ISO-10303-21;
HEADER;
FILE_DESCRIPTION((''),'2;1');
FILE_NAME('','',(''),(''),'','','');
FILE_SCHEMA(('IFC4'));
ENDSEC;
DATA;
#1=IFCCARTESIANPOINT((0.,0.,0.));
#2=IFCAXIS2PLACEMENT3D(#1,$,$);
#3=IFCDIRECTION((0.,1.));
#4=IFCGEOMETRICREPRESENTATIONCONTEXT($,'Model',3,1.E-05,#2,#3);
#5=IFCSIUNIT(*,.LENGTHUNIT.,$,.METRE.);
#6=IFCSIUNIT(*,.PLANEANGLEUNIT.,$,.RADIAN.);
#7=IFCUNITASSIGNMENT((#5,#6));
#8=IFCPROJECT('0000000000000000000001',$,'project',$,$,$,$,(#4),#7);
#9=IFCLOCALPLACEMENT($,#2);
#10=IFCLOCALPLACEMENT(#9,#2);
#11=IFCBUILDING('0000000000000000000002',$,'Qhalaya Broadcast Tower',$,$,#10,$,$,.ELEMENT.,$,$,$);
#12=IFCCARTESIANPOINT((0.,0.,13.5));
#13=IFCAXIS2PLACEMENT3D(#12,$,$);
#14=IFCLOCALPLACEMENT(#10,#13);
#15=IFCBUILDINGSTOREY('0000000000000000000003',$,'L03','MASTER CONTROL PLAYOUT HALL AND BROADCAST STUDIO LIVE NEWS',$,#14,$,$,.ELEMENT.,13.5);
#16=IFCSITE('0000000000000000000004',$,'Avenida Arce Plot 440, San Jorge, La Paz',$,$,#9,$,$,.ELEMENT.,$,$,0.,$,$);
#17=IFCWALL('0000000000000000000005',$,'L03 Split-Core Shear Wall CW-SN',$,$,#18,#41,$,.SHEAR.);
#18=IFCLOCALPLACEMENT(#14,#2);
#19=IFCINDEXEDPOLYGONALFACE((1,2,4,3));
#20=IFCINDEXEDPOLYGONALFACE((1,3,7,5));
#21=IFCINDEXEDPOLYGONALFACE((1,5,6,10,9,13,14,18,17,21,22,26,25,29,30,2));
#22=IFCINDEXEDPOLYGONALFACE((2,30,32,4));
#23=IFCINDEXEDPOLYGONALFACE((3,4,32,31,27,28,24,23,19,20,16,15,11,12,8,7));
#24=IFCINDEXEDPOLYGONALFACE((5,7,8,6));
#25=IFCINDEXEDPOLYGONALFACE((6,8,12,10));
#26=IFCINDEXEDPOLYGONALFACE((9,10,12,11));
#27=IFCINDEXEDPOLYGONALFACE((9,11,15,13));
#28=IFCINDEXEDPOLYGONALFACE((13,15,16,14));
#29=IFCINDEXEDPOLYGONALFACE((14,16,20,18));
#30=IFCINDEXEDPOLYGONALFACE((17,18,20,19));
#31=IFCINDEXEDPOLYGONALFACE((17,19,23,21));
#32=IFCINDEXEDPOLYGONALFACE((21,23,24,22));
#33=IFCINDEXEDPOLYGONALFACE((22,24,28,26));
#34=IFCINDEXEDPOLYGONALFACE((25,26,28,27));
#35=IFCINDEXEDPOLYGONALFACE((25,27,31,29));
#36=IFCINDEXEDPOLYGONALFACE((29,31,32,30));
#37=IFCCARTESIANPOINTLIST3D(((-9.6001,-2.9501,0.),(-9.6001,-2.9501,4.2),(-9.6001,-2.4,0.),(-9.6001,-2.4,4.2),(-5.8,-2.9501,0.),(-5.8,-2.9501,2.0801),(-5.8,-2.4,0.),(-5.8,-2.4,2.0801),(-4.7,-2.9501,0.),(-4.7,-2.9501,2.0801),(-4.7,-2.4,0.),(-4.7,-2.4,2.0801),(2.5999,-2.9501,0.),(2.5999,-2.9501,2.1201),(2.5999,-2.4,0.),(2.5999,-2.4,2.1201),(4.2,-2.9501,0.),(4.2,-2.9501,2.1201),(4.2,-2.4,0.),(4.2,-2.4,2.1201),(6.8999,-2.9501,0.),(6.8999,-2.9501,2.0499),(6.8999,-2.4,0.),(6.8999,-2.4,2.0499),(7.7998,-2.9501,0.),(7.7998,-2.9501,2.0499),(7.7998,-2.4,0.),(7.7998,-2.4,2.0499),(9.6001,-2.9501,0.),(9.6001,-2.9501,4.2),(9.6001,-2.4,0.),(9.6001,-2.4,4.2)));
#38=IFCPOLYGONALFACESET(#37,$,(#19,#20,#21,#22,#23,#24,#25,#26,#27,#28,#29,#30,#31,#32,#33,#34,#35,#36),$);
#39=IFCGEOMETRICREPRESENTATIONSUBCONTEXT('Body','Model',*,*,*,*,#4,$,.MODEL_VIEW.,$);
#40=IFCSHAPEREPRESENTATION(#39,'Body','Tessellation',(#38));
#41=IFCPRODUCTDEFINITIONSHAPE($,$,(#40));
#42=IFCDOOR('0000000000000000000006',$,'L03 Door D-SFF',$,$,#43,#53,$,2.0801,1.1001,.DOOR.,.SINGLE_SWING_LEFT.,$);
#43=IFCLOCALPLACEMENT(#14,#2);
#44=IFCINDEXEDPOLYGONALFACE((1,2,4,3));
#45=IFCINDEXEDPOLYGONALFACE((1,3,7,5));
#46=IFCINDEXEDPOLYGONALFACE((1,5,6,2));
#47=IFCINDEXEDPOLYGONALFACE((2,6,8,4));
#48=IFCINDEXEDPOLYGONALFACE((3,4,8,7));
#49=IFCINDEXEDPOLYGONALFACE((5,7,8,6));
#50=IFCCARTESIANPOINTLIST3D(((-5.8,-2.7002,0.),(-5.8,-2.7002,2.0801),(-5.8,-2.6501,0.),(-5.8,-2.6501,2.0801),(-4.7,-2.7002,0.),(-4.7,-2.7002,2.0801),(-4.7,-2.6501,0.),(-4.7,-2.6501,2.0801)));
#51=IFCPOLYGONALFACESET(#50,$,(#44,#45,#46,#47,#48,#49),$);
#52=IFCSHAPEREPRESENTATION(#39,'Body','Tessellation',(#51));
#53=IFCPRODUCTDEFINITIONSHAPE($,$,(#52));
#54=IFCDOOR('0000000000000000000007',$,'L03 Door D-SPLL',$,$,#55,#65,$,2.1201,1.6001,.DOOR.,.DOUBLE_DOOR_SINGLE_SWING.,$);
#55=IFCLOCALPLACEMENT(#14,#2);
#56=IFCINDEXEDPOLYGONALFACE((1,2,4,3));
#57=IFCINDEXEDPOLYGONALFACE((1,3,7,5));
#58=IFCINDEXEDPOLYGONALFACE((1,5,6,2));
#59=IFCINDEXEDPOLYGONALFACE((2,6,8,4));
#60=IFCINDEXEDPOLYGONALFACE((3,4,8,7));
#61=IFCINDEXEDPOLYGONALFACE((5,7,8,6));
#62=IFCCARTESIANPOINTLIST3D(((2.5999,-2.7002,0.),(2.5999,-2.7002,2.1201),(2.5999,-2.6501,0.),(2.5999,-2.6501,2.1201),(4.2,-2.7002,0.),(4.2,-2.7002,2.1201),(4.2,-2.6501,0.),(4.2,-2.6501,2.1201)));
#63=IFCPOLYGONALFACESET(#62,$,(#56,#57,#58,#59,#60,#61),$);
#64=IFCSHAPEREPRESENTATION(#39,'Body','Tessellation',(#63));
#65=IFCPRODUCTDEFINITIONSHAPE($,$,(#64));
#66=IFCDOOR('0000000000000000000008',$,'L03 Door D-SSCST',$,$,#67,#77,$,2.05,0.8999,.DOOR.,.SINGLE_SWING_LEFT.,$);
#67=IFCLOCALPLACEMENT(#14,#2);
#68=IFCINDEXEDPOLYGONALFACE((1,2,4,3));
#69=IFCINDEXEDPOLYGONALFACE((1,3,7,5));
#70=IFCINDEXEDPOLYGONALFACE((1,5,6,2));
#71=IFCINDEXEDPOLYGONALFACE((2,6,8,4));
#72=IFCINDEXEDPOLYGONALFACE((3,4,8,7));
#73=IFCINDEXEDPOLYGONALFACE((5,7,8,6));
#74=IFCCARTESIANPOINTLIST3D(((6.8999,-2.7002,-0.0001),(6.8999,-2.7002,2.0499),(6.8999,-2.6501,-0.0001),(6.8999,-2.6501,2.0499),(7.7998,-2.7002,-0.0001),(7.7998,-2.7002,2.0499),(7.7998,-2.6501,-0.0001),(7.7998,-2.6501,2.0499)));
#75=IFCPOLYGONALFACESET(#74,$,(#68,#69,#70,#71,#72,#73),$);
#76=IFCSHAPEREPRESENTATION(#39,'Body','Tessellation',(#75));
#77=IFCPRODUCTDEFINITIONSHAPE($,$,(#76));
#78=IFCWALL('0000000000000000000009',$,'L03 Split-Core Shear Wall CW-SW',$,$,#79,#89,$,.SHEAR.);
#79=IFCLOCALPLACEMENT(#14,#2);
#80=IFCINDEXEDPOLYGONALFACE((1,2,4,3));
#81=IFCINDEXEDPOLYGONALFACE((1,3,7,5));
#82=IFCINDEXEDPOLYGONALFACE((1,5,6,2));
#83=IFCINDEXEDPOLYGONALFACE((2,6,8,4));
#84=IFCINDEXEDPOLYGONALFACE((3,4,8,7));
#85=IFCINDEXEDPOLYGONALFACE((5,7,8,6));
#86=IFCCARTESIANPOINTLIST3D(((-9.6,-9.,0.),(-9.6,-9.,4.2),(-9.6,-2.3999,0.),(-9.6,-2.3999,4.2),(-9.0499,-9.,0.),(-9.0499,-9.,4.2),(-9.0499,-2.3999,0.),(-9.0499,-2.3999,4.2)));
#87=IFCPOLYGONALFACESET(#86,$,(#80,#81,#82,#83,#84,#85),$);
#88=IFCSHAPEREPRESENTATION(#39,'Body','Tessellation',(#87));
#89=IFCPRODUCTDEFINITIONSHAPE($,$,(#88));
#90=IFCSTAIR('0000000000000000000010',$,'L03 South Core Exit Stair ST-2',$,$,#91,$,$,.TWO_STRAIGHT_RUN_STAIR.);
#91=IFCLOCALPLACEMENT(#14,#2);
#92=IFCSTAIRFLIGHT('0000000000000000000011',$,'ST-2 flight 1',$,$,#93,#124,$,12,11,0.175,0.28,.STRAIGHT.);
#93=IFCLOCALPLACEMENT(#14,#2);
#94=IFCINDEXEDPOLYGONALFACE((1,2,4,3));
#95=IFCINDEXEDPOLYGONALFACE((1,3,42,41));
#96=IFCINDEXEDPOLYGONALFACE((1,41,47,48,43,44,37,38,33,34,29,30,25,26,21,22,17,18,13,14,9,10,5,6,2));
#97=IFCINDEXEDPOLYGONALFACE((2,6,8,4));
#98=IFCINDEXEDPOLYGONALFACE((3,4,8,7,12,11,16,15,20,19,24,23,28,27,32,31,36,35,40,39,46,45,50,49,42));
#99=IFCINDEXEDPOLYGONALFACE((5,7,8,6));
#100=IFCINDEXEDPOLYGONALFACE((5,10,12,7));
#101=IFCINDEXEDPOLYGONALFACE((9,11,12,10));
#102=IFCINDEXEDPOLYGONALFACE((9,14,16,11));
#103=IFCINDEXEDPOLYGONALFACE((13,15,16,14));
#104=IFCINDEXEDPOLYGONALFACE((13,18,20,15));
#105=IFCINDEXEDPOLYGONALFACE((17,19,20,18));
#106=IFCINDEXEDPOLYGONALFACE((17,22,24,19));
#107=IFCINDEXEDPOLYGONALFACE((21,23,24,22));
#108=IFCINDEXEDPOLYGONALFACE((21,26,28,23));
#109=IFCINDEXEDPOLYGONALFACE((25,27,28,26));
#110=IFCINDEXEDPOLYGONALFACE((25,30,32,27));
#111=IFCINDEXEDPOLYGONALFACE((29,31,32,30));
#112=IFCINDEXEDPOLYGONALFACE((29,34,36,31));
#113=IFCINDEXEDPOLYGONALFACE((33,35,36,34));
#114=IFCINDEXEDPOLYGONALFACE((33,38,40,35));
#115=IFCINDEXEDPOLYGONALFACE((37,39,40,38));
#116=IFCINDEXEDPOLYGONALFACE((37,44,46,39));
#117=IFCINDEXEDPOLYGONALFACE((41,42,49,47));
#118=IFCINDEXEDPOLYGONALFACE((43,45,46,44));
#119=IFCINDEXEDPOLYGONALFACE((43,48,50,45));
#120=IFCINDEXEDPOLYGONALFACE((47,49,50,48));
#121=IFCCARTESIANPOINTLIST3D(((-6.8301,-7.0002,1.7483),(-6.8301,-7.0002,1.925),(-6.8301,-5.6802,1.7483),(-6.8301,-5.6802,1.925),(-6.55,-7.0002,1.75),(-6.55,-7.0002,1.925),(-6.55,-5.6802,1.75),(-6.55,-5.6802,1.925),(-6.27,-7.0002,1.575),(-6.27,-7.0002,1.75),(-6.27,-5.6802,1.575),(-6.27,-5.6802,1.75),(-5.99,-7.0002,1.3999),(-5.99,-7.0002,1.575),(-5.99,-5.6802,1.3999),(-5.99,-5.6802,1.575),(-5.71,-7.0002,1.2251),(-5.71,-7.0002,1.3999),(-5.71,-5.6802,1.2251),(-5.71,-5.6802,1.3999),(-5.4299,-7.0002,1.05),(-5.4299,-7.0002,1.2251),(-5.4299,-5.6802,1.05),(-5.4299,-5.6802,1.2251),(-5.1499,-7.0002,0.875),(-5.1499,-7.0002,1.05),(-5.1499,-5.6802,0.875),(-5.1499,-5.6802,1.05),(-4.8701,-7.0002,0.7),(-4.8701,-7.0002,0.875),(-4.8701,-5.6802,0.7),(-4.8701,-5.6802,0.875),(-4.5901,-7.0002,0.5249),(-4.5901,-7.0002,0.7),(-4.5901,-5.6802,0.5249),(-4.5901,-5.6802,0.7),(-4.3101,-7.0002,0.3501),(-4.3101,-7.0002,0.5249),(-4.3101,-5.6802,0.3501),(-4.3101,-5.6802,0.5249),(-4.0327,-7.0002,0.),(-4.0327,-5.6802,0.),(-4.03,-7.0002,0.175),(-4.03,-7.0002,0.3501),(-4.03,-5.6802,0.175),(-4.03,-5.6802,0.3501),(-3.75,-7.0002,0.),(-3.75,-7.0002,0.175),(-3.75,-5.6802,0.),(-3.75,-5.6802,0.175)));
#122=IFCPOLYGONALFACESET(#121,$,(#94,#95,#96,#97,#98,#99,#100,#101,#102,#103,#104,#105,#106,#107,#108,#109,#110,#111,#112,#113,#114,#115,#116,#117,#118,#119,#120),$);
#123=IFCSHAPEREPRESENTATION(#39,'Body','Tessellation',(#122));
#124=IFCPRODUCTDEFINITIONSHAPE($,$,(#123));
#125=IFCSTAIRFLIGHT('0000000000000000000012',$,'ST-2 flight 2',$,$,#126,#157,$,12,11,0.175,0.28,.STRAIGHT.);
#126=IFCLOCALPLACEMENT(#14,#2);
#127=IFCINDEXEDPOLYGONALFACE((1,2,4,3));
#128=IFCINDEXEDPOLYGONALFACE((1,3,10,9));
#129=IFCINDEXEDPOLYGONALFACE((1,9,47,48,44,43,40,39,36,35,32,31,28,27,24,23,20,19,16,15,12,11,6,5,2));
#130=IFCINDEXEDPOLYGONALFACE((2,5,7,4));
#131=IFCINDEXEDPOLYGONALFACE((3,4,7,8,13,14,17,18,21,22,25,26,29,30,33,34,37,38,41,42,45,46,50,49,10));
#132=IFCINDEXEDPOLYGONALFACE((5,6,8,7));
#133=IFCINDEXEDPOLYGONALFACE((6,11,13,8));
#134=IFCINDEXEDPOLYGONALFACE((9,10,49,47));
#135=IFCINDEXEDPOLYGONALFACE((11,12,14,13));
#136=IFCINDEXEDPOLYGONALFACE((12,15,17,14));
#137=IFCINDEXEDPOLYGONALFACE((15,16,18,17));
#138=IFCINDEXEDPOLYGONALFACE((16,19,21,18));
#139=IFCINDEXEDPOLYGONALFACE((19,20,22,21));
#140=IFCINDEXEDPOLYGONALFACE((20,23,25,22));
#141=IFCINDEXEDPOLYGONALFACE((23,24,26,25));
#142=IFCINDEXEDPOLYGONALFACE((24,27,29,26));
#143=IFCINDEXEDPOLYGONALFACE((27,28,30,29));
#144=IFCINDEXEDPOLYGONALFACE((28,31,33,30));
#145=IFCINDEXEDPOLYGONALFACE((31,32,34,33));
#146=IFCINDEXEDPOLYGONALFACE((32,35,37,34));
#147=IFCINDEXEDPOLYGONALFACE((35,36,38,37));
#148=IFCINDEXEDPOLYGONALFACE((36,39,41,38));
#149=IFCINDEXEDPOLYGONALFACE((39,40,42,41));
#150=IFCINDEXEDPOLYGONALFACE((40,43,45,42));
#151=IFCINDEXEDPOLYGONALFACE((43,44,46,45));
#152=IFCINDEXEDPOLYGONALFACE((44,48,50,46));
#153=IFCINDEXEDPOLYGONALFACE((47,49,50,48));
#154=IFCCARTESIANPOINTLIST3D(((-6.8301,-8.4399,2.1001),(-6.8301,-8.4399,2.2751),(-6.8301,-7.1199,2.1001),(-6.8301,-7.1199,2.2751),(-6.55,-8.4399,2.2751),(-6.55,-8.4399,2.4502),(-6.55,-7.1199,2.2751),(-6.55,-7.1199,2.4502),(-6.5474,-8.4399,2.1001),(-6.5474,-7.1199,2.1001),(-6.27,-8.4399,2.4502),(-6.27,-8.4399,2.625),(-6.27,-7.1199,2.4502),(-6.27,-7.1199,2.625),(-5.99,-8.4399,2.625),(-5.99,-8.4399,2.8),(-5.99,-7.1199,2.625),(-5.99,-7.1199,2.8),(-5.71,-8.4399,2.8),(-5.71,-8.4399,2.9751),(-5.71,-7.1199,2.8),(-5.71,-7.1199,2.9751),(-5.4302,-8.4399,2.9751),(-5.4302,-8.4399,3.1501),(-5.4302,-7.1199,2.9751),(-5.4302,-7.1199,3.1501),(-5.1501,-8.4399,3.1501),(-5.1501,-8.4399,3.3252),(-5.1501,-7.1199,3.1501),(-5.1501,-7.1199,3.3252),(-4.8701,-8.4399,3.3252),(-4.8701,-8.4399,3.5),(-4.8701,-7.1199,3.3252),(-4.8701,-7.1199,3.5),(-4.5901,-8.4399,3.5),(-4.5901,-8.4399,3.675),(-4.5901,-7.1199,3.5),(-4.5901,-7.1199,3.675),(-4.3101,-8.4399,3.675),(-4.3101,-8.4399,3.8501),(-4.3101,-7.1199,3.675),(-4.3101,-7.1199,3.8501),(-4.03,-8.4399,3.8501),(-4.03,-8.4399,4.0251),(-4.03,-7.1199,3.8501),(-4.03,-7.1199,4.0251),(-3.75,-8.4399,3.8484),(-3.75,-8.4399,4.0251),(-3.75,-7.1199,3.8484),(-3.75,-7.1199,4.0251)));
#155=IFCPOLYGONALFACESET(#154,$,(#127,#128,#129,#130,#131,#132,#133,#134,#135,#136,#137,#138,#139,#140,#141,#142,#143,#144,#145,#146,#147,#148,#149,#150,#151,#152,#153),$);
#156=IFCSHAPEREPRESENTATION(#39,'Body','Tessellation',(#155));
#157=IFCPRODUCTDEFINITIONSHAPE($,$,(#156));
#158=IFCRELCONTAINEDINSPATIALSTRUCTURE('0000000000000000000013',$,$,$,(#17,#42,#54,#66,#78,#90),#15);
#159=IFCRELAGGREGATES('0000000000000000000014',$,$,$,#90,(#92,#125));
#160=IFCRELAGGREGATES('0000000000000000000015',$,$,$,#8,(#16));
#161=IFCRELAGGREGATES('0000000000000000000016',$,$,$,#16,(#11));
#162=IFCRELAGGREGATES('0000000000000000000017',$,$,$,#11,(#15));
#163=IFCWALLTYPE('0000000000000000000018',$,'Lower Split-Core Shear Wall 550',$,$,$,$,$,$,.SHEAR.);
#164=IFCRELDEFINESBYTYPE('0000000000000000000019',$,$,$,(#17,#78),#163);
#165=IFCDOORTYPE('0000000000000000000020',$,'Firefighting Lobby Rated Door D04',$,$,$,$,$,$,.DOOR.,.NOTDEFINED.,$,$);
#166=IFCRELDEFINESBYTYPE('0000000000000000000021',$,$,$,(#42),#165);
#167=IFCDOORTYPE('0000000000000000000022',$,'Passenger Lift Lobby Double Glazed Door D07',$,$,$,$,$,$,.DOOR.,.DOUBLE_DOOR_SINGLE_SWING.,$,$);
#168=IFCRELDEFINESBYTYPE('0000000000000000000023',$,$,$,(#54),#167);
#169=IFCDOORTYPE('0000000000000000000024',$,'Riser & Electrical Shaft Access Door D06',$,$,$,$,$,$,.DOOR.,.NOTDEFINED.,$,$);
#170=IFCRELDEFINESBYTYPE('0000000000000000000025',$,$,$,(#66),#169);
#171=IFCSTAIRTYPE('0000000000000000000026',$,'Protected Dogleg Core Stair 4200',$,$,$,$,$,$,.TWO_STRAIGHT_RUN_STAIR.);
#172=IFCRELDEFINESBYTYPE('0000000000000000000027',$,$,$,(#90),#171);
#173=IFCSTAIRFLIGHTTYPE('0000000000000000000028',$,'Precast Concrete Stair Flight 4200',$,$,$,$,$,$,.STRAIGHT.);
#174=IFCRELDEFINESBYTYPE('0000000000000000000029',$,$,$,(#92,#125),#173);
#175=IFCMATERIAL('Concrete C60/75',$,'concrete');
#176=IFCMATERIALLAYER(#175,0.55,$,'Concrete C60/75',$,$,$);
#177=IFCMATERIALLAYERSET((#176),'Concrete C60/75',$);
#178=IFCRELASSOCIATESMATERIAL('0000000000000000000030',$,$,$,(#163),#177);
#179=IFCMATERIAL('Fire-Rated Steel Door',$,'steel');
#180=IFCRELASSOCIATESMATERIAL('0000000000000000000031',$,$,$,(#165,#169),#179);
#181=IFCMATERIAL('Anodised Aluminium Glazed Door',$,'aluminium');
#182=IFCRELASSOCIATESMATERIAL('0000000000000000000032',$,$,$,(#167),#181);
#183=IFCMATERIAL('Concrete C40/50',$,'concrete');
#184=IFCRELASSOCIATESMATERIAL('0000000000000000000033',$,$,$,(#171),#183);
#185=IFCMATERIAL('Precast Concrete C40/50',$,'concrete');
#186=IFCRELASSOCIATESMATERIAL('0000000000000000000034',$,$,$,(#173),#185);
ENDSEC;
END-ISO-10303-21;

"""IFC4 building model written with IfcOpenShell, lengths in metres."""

from ifc_helpers import new_model, si_unit, direction, frame, frame_2d, origin, place, context, subcontext, project, spatial, polyline, rectangle, outline, extrude, material, layer, layer_set, type_object, element, fill, aggregate, save


model = new_model("IFC4")

# Units and contexts
model_context = context("Model", 3, precision=1e-05, world=origin(), true_north=direction((0.0, 1.0)))
body_context = subcontext(model_context, "Body", "Model", "MODEL_VIEW")
ifc_project = project(units=[si_unit("LENGTHUNIT", "METRE"), si_unit("PLANEANGLEUNIT", "RADIAN")], contexts=[model_context])

# Site, building, storey
site_placement = place(None, origin())
site = spatial("IfcSite", under=ifc_project, at=site_placement, Name="Avenida Arce Plot 440, San Jorge, La Paz", CompositionType="ELEMENT", RefElevation=0.0)
building_placement = place(site_placement, origin())
building = spatial("IfcBuilding", under=site, at=building_placement, Name="Qhalaya Broadcast Tower", CompositionType="ELEMENT")
storey_placement = place(building_placement, frame((0.0, 0.0, 13.5)))
storey = spatial("IfcBuildingStorey", under=building, at=storey_placement, Name="L03", Description="MASTER CONTROL PLAYOUT HALL AND BROADCAST STUDIO LIVE NEWS", CompositionType="ELEMENT", Elevation=13.5)

# Shared definitions
ifc_material_1 = material(Name="Fire-Rated Steel Door", Category="steel")

# Shared definitions
ifc_material_2 = material(Name="Concrete C60/75", Category="concrete")
ifc_layer_1 = layer(ifc_material_2, 0.55, Name="Concrete C60/75")
ifc_layer_set_1 = layer_set([ifc_layer_1], Name="Concrete C60/75")
wall_type_1 = type_object("IfcWallType", Name="Lower Split-Core Shear Wall 550", PredefinedType="SHEAR", material=ifc_layer_set_1)

# Wall, openings, doors
wall_1_placement = place(storey_placement, frame((-9.6001, -2.675, 0.0), z_axis=(0.0, 0.0, 1.0), x_axis=(1.0, 0.0, 0.0)))
wall_1 = element("IfcWall", 1, at=wall_1_placement, inside=storey, type_object=wall_type_1, Name="L03 Split-Core Shear Wall CW-SN", PredefinedType="SHEAR", context=body_context, shape_type="SweptSolid", body=[
    extrude(rectangle(XDim=19.2002, YDim=0.55, at=frame_2d((9.6001, 0.0))), origin(), (0.0, 0.0, 1.0), 4.2),
])
opening_1_placement = place(wall_1_placement, frame((3.8, 0.0, 0.0)))
opening_1 = element("IfcOpeningElement", 2, at=opening_1_placement, cuts=wall_1, PredefinedType="OPENING", context=body_context, shape_type="SweptSolid", body=[
    extrude(rectangle(XDim=1.1001, YDim=2.0801, at=frame_2d((0.55, 1.04))), frame((0.0, 0.2871, 0.0), z_axis=(0.0, -1.0, 0.0), x_axis=(1.0, 0.0, 0.0)), (0.0, 0.0, 1.0), 0.574),
])
opening_2_placement = place(wall_1_placement, frame((12.2, 0.0, 0.0)))
opening_2 = element("IfcOpeningElement", 3, at=opening_2_placement, cuts=wall_1, PredefinedType="OPENING", context=body_context, shape_type="SweptSolid", body=[
    extrude(rectangle(XDim=1.6001, YDim=2.1201, at=frame_2d((0.8, 1.0601))), frame((0.0, 0.2871, 0.0), z_axis=(0.0, -1.0, 0.0), x_axis=(1.0, 0.0, 0.0)), (0.0, 0.0, 1.0), 0.574),
])
opening_3_placement = place(wall_1_placement, frame((16.5, 0.0, 0.0)))
opening_3 = element("IfcOpeningElement", 4, at=opening_3_placement, cuts=wall_1, PredefinedType="OPENING", context=body_context, shape_type="SweptSolid", body=[
    extrude(rectangle(XDim=0.8999, YDim=2.05, at=frame_2d((0.45, 1.0249))), frame((0.0, 0.2871, 0.0), z_axis=(0.0, -1.0, 0.0), x_axis=(1.0, 0.0, 0.0)), (0.0, 0.0, 1.0), 0.574),
])
door_type_1 = type_object("IfcDoorType", Name="Firefighting Lobby Rated Door D04", OperationType="NOTDEFINED", PredefinedType="DOOR", material=ifc_material_1)
door_1_placement = place(opening_1_placement, origin())
door_1 = element("IfcDoor", 5, at=door_1_placement, inside=storey, type_object=door_type_1, Name="L03 Door D-SFF", OperationType="SINGLE_SWING_LEFT", OverallHeight=2.0801, OverallWidth=1.1001, PredefinedType="DOOR", context=body_context, shape_type="SweptSolid", body=[
    extrude(rectangle(XDim=1.1001, YDim=2.0801, at=frame_2d((0.55, 1.04))), frame((0.0, 0.0249, 0.0), z_axis=(0.0, -1.0, 0.0), x_axis=(1.0, 0.0, 0.0)), (0.0, 0.0, 1.0), 0.05),
])
fill(opening_1, door_1)
ifc_material_3 = material(Name="Anodised Aluminium Glazed Door", Category="aluminium")
door_type_2 = type_object("IfcDoorType", Name="Passenger Lift Lobby Double Glazed Door D07", OperationType="DOUBLE_DOOR_SINGLE_SWING", PredefinedType="DOOR", material=ifc_material_3)
door_2_placement = place(opening_2_placement, origin())
door_2 = element("IfcDoor", 6, at=door_2_placement, inside=storey, type_object=door_type_2, Name="L03 Door D-SPLL", OperationType="DOUBLE_DOOR_SINGLE_SWING", OverallHeight=2.1201, OverallWidth=1.6001, PredefinedType="DOOR", context=body_context, shape_type="SweptSolid", body=[
    extrude(rectangle(XDim=1.6001, YDim=2.1201, at=frame_2d((0.8, 1.0601))), frame((0.0, 0.0249, 0.0), z_axis=(0.0, -1.0, 0.0), x_axis=(1.0, 0.0, 0.0)), (0.0, 0.0, 1.0), 0.05),
])
fill(opening_2, door_2)
door_type_3 = type_object("IfcDoorType", Name="Riser & Electrical Shaft Access Door D06", OperationType="NOTDEFINED", PredefinedType="DOOR", material=ifc_material_1)
door_3_placement = place(opening_3_placement, origin())
door_3 = element("IfcDoor", 7, at=door_3_placement, inside=storey, type_object=door_type_3, Name="L03 Door D-SSCST", OperationType="SINGLE_SWING_LEFT", OverallHeight=2.05, OverallWidth=0.8999, PredefinedType="DOOR", context=body_context, shape_type="SweptSolid", body=[
    extrude(rectangle(XDim=0.8999, YDim=2.05, at=frame_2d((0.45, 1.0249))), frame((0.0, 0.0249, 0.0), z_axis=(0.0, -1.0, 0.0), x_axis=(1.0, 0.0, 0.0)), (0.0, 0.0, 1.0), 0.05),
])
fill(opening_3, door_3)

# Wall
wall_2_placement = place(storey_placement, frame((-9.325, -9.0, 0.0), z_axis=(0.0, 0.0, 1.0), x_axis=(0.0, 1.0, 0.0)))
element("IfcWall", 8, at=wall_2_placement, inside=storey, type_object=wall_type_1, Name="L03 Split-Core Shear Wall CW-SW", PredefinedType="SHEAR", context=body_context, shape_type="SweptSolid", body=[
    extrude(rectangle(XDim=6.6001, YDim=0.55, at=frame_2d((3.3, 0.0))), origin(), (0.0, 0.0, 1.0), 4.2),
])

# Stair, stair flights
ifc_material_4 = material(Name="Concrete C40/50", Category="concrete")
stair_type = type_object("IfcStairType", Name="Protected Dogleg Core Stair 4200", PredefinedType="TWO_STRAIGHT_RUN_STAIR", material=ifc_material_4)
stair_placement = place(storey_placement, origin())
stair = element("IfcStair", 9, at=stair_placement, inside=storey, type_object=stair_type, Name="L03 South Core Exit Stair ST-2", PredefinedType="TWO_STRAIGHT_RUN_STAIR")
ifc_material_5 = material(Name="Precast Concrete C40/50", Category="concrete")
stair_flight_type = type_object("IfcStairFlightType", Name="Precast Concrete Stair Flight 4200", PredefinedType="STRAIGHT", material=ifc_material_5)
stair_flight_1_placement = place(storey_placement, frame((-3.75, -6.3401, 0.0), z_axis=(0.0, 0.0, 1.0), x_axis=(-1.0, 0.0, 0.0)))
stair_flight_1 = element("IfcStairFlight", 10, at=stair_flight_1_placement, type_object=stair_flight_type, Name="ST-2 flight 1", NumberOfRisers=12, NumberOfTreads=11, PredefinedType="STRAIGHT", RiserHeight=0.175, TreadLength=0.28, context=body_context, shape_type="SweptSolid", body=[
    extrude(outline(polyline([(0.0, 0.0), (0.0, 0.175), (0.28, 0.175), (0.28, 0.3501), (0.5601, 0.3501), (0.5601, 0.5249), (0.8401, 0.5249), (0.8401, 0.7), (1.1201, 0.7), (1.1201, 0.875), (1.3999, 0.875), (1.3999, 1.05), (1.6799, 1.05), (1.6799, 1.2251), (1.96, 1.2251), (1.96, 1.3999), (2.24, 1.3999), (2.24, 1.575), (2.52, 1.575), (2.52, 1.75), (2.8, 1.75), (2.8, 1.925), (3.0801, 1.925), (3.0801, 2.1001), (3.0801, 1.7483), (0.2827, 0.0), (0.0, 0.0)])), frame((0.0, 0.6602, 0.0), z_axis=(0.0, -1.0, 0.0), x_axis=(1.0, 0.0, 0.0)), (0.0, 0.0, 1.0), 1.3201),
])
stair_flight_2_placement = place(storey_placement, frame((-6.8301, -7.78, 2.1001), z_axis=(0.0, 0.0, 1.0), x_axis=(1.0, 0.0, 0.0)))
stair_flight_2 = element("IfcStairFlight", 11, at=stair_flight_2_placement, type_object=stair_flight_type, Name="ST-2 flight 2", NumberOfRisers=12, NumberOfTreads=11, PredefinedType="STRAIGHT", RiserHeight=0.175, TreadLength=0.28, context=body_context, shape_type="SweptSolid", body=[
    extrude(outline(polyline([(0.0, 0.0), (0.0, 0.175), (0.28, 0.175), (0.28, 0.3501), (0.5601, 0.3501), (0.5601, 0.5249), (0.8401, 0.5249), (0.8401, 0.7), (1.1201, 0.7), (1.1201, 0.875), (1.3999, 0.875), (1.3999, 1.05), (1.6799, 1.05), (1.6799, 1.2251), (1.96, 1.2251), (1.96, 1.3999), (2.24, 1.3999), (2.24, 1.575), (2.52, 1.575), (2.52, 1.75), (2.8, 1.75), (2.8, 1.925), (3.0801, 1.925), (3.0801, 2.1001), (3.0801, 1.7483), (0.2827, 0.0), (0.0, 0.0)])), frame((0.0, 0.6602, 0.0), z_axis=(0.0, -1.0, 0.0), x_axis=(1.0, 0.0, 0.0)), (0.0, 0.0, 1.0), 1.3201),
])
aggregate(stair, [stair_flight_1, stair_flight_2])

save(model, "model.ifc")
